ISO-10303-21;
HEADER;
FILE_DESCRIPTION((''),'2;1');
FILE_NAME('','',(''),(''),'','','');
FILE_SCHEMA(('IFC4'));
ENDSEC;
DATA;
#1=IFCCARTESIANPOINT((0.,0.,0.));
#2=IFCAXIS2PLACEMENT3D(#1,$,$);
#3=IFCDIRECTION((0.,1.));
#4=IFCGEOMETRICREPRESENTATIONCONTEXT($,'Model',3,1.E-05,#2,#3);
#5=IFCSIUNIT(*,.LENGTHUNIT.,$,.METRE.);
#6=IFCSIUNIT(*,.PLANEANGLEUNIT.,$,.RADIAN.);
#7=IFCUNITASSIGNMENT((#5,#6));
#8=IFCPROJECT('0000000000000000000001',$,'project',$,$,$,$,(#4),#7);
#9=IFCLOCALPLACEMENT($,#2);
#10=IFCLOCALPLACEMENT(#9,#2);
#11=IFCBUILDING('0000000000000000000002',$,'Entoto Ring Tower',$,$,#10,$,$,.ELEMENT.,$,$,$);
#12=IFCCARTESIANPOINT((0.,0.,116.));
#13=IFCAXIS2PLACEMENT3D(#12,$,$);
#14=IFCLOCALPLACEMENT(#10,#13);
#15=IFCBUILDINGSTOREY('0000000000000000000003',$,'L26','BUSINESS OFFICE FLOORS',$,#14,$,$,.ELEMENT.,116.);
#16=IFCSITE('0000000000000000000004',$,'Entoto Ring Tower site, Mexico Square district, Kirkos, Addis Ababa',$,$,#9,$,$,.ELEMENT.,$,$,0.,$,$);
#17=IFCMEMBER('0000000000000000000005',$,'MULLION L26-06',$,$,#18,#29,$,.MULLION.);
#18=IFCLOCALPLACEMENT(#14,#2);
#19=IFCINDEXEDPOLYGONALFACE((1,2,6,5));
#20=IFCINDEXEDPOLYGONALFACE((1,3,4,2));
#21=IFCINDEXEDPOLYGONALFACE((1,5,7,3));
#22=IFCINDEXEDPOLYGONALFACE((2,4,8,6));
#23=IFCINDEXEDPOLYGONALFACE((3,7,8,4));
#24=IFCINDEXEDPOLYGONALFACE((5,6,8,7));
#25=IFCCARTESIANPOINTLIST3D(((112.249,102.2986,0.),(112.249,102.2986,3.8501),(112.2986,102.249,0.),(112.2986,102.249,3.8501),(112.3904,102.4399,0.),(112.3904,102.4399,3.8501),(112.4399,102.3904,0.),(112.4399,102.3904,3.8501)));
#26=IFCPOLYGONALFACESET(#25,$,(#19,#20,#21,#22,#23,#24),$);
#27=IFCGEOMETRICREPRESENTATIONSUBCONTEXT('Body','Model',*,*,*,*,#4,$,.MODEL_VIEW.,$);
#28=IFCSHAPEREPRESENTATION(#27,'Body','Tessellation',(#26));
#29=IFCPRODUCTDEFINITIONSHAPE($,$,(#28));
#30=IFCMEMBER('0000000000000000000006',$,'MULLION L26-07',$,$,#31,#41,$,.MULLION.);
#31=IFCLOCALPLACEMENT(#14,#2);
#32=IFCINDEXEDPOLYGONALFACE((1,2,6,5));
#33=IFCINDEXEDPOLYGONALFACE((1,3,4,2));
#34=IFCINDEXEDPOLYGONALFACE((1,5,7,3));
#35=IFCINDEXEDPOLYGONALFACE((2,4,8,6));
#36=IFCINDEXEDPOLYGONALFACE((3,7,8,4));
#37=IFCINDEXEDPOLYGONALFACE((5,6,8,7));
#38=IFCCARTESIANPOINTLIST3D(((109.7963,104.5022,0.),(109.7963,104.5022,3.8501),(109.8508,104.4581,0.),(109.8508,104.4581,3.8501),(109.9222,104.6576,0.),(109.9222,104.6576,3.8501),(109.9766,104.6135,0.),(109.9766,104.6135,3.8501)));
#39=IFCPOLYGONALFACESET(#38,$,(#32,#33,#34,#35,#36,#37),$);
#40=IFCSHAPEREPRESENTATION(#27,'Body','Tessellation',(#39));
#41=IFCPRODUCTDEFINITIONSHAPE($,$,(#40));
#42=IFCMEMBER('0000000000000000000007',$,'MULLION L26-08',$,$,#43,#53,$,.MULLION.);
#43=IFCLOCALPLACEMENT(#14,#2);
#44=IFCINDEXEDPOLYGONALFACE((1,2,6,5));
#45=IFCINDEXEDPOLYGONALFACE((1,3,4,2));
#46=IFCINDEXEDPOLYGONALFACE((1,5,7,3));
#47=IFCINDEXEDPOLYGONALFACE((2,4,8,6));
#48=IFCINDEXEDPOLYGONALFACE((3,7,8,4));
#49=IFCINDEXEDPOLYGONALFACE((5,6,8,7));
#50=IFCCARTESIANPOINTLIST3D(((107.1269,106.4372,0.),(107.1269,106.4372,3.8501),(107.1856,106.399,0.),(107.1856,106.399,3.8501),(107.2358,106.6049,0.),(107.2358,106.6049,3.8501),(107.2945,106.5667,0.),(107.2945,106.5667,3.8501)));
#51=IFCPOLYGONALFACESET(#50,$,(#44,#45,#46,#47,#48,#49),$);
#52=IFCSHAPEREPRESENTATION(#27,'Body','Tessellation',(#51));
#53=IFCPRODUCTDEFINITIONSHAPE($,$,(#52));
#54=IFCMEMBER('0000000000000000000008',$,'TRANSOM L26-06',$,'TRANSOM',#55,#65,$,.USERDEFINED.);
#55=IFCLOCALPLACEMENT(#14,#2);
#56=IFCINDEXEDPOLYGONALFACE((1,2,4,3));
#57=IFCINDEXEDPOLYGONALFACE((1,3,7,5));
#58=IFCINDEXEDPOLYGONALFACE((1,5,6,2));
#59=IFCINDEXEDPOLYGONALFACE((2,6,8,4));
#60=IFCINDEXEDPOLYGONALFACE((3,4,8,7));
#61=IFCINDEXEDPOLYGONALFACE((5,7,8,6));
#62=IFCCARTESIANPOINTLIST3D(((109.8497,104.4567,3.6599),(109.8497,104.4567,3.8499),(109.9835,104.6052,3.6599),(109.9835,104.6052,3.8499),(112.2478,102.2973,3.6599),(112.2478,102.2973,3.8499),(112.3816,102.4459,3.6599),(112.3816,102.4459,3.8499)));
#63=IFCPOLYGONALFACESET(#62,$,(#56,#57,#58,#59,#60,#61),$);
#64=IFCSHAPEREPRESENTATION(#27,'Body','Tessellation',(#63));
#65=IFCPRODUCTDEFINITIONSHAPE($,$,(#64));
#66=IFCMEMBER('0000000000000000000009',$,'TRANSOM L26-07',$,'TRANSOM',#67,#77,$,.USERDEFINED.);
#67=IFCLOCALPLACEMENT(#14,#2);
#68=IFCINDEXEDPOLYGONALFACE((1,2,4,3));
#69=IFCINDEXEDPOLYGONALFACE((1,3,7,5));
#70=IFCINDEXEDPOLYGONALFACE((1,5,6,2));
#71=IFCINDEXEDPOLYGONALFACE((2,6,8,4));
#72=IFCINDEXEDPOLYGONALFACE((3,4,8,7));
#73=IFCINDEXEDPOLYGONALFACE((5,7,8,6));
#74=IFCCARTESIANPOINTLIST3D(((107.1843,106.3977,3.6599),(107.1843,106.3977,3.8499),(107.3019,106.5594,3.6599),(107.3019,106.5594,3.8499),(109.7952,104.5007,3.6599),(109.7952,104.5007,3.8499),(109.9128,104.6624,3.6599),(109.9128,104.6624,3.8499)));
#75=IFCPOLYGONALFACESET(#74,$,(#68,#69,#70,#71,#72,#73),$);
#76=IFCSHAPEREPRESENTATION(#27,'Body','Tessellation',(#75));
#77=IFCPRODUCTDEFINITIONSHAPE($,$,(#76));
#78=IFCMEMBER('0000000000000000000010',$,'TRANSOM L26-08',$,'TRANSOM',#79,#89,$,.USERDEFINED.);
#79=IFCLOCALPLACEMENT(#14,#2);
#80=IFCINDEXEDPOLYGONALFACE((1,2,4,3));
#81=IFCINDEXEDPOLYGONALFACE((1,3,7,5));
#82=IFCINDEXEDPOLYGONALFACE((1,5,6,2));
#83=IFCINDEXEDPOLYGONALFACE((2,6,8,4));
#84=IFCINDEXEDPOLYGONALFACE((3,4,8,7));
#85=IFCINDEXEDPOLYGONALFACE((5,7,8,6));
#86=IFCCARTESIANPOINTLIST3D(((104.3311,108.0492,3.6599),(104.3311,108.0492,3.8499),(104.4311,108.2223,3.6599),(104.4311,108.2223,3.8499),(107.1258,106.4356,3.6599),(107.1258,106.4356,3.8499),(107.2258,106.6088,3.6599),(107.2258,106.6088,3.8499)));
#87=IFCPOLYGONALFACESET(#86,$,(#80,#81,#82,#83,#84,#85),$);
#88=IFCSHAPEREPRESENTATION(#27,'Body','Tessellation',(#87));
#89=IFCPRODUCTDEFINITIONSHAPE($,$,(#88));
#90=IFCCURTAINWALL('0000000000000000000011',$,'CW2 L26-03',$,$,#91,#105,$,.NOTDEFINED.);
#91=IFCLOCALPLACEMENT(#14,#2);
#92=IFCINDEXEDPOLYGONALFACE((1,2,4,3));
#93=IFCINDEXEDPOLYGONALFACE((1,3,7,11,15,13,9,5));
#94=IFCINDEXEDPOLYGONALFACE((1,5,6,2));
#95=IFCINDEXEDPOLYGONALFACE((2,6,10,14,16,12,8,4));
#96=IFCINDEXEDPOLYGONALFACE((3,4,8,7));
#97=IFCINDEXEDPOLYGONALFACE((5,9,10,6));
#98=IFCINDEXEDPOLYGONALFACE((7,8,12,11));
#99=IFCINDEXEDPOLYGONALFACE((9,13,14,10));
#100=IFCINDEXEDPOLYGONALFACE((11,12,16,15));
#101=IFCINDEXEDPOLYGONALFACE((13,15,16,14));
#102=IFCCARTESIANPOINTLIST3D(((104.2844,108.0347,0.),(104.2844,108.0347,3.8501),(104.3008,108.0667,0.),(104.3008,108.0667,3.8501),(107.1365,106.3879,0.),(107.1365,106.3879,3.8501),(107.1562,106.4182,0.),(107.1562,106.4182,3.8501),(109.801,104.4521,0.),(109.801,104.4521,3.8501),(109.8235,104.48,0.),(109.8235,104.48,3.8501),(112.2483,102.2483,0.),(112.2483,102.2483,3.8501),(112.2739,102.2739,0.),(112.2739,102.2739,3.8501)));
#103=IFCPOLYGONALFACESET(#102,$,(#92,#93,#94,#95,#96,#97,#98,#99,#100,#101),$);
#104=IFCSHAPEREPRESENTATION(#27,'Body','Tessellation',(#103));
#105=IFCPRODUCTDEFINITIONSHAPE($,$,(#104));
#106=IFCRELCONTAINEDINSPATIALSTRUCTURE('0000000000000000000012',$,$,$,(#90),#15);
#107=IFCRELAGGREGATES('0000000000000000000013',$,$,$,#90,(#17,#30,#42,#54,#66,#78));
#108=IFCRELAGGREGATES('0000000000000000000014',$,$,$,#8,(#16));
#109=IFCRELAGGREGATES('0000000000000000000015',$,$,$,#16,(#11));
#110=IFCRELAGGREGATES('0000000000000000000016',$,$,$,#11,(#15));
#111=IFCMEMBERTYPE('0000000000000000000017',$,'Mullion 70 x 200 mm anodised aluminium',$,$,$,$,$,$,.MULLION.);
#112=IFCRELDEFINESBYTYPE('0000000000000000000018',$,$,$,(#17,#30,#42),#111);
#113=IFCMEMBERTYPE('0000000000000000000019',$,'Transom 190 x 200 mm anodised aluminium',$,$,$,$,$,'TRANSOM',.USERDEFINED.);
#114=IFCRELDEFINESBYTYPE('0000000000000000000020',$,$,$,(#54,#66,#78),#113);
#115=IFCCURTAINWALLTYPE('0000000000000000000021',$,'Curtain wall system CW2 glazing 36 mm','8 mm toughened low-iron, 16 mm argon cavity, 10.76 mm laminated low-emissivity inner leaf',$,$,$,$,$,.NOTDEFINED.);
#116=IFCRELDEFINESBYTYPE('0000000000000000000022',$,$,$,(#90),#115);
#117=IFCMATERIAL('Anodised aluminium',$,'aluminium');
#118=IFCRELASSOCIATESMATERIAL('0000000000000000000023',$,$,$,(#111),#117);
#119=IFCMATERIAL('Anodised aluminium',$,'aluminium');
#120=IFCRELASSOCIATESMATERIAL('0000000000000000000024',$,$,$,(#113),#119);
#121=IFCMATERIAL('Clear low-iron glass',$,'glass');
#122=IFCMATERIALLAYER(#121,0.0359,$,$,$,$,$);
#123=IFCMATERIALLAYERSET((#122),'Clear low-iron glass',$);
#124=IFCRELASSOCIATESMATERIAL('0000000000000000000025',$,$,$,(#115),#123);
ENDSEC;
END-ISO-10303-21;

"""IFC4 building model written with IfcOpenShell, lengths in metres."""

from ifc_helpers import new_model, si_unit, direction, frame, origin, origin_2d, place, context, subcontext, project, spatial, polyline, rectangle, outline, extrude, material, layer, layer_set, material_profile, profile_set, type_object, element, aggregate, save


model = new_model("IFC4")

# Units and contexts
model_context = context("Model", 3, precision=1e-05, world=origin(), true_north=direction((0.0, 1.0)))
body_context = subcontext(model_context, "Body", "Model", "MODEL_VIEW")
ifc_project = project(units=[si_unit("LENGTHUNIT", "METRE"), si_unit("PLANEANGLEUNIT", "RADIAN")], contexts=[model_context])

# Members
ifc_material_1 = material(Name="Anodised aluminium", Category="aluminium")
ifc_material_profile_1 = material_profile(ifc_material_1, rectangle(XDim=0.0701, YDim=0.2, at=origin_2d()), Name="Mullion 70 x 200 mm anodised aluminium")
ifc_profile_set_1 = profile_set([ifc_material_profile_1], Name="Anodised aluminium")
member_type_1 = type_object("IfcMemberType", Name="Mullion 70 x 200 mm anodised aluminium", PredefinedType="MULLION", material=ifc_profile_set_1)
site_placement = place(None, origin())
building_placement = place(site_placement, origin())
storey_placement = place(building_placement, frame((0.0, 0.0, 116.0)))
member_1_placement = place(storey_placement, frame((112.3445, 102.3445, 0.0), z_axis=(0.0, 0.0, 1.0), x_axis=(-0.707107, 0.707107, 0.0)))
member_1 = element("IfcMember", 1, at=member_1_placement, type_object=member_type_1, Name="MULLION L26-06", PredefinedType="MULLION", context=body_context, shape_type="SweptSolid", body=[
    extrude(rectangle(XDim=0.0701, YDim=0.2, at=origin_2d()), origin(), (0.0, 0.0, 1.0), 3.8501),
])
member_2_placement = place(storey_placement, frame((109.8865, 104.5579, 0.0), z_axis=(0.0, 0.0, 1.0), x_axis=(-0.777146, 0.62932, 0.0)))
member_2 = element("IfcMember", 2, at=member_2_placement, type_object=member_type_1, Name="MULLION L26-07", PredefinedType="MULLION", context=body_context, shape_type="SweptSolid", body=[
    extrude(rectangle(XDim=0.0701, YDim=0.2, at=origin_2d()), origin(), (0.0, 0.0, 1.0), 3.8501),
])
member_3_placement = place(storey_placement, frame((107.2107, 106.502, 0.0), z_axis=(0.0, 0.0, 1.0), x_axis=(-0.838671, 0.544639, 0.0)))
member_3 = element("IfcMember", 3, at=member_3_placement, type_object=member_type_1, Name="MULLION L26-08", PredefinedType="MULLION", context=body_context, shape_type="SweptSolid", body=[
    extrude(rectangle(XDim=0.0701, YDim=0.2, at=origin_2d()), origin(), (0.0, 0.0, 1.0), 3.8501),
])
ifc_material_2 = material(Name="Anodised aluminium", Category="aluminium")
ifc_material_profile_2 = material_profile(ifc_material_2, rectangle(XDim=0.2, YDim=0.1899, at=origin_2d()), Name="Transom 190 x 200 mm anodised aluminium")
ifc_profile_set_2 = profile_set([ifc_material_profile_2], Name="Anodised aluminium")
member_type_2 = type_object("IfcMemberType", Name="Transom 190 x 200 mm anodised aluminium", ElementType="TRANSOM", PredefinedType="USERDEFINED", material=ifc_profile_set_2)
member_4_placement = place(storey_placement, frame((112.3147, 102.3716, 3.7549), z_axis=(-0.743132, 0.669144, 0.0), x_axis=(-0.669144, -0.743132, 0.0)))
member_4 = element("IfcMember", 4, at=member_4_placement, type_object=member_type_2, Name="TRANSOM L26-06", ObjectType="TRANSOM", PredefinedType="USERDEFINED", context=body_context, shape_type="SweptSolid", body=[
    extrude(rectangle(XDim=0.2, YDim=0.1899, at=origin_2d()), origin(), (0.0, 0.0, 1.0), 3.2271),
])
member_5_placement = place(storey_placement, frame((109.854, 104.5815, 3.7549), z_axis=(-0.809004, 0.587803, 0.0), x_axis=(-0.587803, -0.809004, 0.0)))
member_5 = element("IfcMember", 5, at=member_5_placement, type_object=member_type_2, Name="TRANSOM L26-07", ObjectType="TRANSOM", PredefinedType="USERDEFINED", context=body_context, shape_type="SweptSolid", body=[
    extrude(rectangle(XDim=0.2, YDim=0.1899, at=origin_2d()), origin(), (0.0, 0.0, 1.0), 3.2273),
])
member_6_placement = place(storey_placement, frame((107.1758, 106.5222, 3.7549), z_axis=(-0.866023, 0.500004, 0.0), x_axis=(-0.500004, -0.866023, 0.0)))
member_6 = element("IfcMember", 6, at=member_6_placement, type_object=member_type_2, Name="TRANSOM L26-08", ObjectType="TRANSOM", PredefinedType="USERDEFINED", context=body_context, shape_type="SweptSolid", body=[
    extrude(rectangle(XDim=0.2, YDim=0.1899, at=origin_2d()), origin(), (0.0, 0.0, 1.0), 3.2271),
])

# Site, building, storey
site = spatial("IfcSite", under=ifc_project, at=site_placement, Name="Entoto Ring Tower site, Mexico Square district, Kirkos, Addis Ababa", CompositionType="ELEMENT", RefElevation=0.0)
building = spatial("IfcBuilding", under=site, at=building_placement, Name="Entoto Ring Tower", CompositionType="ELEMENT")
storey = spatial("IfcBuildingStorey", under=building, at=storey_placement, Name="L26", Description="BUSINESS OFFICE FLOORS", CompositionType="ELEMENT", Elevation=116.0)

# Curtain wall
ifc_material_3 = material(Name="Clear low-iron glass", Category="glass")
ifc_layer = layer(ifc_material_3, 0.0359)
ifc_layer_set = layer_set([ifc_layer], Name="Clear low-iron glass")
curtain_wall_type = type_object("IfcCurtainWallType", Name="Curtain wall system CW2 glazing 36 mm", Description="8 mm toughened low-iron, 16 mm argon cavity, 10.76 mm laminated low-emissivity inner leaf", PredefinedType="NOTDEFINED", material=ifc_layer_set)
curtain_wall_1_placement = place(storey_placement, origin())
curtain_wall_1 = element("IfcCurtainWall", 7, at=curtain_wall_1_placement, inside=storey, type_object=curtain_wall_type, Name="CW2 L26-03", PredefinedType="NOTDEFINED", context=body_context, shape_type="SweptSolid", body=[
    extrude(outline(polyline([(112.2739, 102.2739), (109.8235, 104.48), (107.1562, 106.4182), (104.3008, 108.0667), (104.2844, 108.0347), (107.1365, 106.3879), (109.801, 104.4521), (112.2483, 102.2483), (112.2739, 102.2739)])), origin(), (0.0, 0.0, 1.0), 3.8501),
])
aggregate(curtain_wall_1, [member_1, member_2, member_3, member_4, member_5, member_6])

save(model, "model.ifc")
